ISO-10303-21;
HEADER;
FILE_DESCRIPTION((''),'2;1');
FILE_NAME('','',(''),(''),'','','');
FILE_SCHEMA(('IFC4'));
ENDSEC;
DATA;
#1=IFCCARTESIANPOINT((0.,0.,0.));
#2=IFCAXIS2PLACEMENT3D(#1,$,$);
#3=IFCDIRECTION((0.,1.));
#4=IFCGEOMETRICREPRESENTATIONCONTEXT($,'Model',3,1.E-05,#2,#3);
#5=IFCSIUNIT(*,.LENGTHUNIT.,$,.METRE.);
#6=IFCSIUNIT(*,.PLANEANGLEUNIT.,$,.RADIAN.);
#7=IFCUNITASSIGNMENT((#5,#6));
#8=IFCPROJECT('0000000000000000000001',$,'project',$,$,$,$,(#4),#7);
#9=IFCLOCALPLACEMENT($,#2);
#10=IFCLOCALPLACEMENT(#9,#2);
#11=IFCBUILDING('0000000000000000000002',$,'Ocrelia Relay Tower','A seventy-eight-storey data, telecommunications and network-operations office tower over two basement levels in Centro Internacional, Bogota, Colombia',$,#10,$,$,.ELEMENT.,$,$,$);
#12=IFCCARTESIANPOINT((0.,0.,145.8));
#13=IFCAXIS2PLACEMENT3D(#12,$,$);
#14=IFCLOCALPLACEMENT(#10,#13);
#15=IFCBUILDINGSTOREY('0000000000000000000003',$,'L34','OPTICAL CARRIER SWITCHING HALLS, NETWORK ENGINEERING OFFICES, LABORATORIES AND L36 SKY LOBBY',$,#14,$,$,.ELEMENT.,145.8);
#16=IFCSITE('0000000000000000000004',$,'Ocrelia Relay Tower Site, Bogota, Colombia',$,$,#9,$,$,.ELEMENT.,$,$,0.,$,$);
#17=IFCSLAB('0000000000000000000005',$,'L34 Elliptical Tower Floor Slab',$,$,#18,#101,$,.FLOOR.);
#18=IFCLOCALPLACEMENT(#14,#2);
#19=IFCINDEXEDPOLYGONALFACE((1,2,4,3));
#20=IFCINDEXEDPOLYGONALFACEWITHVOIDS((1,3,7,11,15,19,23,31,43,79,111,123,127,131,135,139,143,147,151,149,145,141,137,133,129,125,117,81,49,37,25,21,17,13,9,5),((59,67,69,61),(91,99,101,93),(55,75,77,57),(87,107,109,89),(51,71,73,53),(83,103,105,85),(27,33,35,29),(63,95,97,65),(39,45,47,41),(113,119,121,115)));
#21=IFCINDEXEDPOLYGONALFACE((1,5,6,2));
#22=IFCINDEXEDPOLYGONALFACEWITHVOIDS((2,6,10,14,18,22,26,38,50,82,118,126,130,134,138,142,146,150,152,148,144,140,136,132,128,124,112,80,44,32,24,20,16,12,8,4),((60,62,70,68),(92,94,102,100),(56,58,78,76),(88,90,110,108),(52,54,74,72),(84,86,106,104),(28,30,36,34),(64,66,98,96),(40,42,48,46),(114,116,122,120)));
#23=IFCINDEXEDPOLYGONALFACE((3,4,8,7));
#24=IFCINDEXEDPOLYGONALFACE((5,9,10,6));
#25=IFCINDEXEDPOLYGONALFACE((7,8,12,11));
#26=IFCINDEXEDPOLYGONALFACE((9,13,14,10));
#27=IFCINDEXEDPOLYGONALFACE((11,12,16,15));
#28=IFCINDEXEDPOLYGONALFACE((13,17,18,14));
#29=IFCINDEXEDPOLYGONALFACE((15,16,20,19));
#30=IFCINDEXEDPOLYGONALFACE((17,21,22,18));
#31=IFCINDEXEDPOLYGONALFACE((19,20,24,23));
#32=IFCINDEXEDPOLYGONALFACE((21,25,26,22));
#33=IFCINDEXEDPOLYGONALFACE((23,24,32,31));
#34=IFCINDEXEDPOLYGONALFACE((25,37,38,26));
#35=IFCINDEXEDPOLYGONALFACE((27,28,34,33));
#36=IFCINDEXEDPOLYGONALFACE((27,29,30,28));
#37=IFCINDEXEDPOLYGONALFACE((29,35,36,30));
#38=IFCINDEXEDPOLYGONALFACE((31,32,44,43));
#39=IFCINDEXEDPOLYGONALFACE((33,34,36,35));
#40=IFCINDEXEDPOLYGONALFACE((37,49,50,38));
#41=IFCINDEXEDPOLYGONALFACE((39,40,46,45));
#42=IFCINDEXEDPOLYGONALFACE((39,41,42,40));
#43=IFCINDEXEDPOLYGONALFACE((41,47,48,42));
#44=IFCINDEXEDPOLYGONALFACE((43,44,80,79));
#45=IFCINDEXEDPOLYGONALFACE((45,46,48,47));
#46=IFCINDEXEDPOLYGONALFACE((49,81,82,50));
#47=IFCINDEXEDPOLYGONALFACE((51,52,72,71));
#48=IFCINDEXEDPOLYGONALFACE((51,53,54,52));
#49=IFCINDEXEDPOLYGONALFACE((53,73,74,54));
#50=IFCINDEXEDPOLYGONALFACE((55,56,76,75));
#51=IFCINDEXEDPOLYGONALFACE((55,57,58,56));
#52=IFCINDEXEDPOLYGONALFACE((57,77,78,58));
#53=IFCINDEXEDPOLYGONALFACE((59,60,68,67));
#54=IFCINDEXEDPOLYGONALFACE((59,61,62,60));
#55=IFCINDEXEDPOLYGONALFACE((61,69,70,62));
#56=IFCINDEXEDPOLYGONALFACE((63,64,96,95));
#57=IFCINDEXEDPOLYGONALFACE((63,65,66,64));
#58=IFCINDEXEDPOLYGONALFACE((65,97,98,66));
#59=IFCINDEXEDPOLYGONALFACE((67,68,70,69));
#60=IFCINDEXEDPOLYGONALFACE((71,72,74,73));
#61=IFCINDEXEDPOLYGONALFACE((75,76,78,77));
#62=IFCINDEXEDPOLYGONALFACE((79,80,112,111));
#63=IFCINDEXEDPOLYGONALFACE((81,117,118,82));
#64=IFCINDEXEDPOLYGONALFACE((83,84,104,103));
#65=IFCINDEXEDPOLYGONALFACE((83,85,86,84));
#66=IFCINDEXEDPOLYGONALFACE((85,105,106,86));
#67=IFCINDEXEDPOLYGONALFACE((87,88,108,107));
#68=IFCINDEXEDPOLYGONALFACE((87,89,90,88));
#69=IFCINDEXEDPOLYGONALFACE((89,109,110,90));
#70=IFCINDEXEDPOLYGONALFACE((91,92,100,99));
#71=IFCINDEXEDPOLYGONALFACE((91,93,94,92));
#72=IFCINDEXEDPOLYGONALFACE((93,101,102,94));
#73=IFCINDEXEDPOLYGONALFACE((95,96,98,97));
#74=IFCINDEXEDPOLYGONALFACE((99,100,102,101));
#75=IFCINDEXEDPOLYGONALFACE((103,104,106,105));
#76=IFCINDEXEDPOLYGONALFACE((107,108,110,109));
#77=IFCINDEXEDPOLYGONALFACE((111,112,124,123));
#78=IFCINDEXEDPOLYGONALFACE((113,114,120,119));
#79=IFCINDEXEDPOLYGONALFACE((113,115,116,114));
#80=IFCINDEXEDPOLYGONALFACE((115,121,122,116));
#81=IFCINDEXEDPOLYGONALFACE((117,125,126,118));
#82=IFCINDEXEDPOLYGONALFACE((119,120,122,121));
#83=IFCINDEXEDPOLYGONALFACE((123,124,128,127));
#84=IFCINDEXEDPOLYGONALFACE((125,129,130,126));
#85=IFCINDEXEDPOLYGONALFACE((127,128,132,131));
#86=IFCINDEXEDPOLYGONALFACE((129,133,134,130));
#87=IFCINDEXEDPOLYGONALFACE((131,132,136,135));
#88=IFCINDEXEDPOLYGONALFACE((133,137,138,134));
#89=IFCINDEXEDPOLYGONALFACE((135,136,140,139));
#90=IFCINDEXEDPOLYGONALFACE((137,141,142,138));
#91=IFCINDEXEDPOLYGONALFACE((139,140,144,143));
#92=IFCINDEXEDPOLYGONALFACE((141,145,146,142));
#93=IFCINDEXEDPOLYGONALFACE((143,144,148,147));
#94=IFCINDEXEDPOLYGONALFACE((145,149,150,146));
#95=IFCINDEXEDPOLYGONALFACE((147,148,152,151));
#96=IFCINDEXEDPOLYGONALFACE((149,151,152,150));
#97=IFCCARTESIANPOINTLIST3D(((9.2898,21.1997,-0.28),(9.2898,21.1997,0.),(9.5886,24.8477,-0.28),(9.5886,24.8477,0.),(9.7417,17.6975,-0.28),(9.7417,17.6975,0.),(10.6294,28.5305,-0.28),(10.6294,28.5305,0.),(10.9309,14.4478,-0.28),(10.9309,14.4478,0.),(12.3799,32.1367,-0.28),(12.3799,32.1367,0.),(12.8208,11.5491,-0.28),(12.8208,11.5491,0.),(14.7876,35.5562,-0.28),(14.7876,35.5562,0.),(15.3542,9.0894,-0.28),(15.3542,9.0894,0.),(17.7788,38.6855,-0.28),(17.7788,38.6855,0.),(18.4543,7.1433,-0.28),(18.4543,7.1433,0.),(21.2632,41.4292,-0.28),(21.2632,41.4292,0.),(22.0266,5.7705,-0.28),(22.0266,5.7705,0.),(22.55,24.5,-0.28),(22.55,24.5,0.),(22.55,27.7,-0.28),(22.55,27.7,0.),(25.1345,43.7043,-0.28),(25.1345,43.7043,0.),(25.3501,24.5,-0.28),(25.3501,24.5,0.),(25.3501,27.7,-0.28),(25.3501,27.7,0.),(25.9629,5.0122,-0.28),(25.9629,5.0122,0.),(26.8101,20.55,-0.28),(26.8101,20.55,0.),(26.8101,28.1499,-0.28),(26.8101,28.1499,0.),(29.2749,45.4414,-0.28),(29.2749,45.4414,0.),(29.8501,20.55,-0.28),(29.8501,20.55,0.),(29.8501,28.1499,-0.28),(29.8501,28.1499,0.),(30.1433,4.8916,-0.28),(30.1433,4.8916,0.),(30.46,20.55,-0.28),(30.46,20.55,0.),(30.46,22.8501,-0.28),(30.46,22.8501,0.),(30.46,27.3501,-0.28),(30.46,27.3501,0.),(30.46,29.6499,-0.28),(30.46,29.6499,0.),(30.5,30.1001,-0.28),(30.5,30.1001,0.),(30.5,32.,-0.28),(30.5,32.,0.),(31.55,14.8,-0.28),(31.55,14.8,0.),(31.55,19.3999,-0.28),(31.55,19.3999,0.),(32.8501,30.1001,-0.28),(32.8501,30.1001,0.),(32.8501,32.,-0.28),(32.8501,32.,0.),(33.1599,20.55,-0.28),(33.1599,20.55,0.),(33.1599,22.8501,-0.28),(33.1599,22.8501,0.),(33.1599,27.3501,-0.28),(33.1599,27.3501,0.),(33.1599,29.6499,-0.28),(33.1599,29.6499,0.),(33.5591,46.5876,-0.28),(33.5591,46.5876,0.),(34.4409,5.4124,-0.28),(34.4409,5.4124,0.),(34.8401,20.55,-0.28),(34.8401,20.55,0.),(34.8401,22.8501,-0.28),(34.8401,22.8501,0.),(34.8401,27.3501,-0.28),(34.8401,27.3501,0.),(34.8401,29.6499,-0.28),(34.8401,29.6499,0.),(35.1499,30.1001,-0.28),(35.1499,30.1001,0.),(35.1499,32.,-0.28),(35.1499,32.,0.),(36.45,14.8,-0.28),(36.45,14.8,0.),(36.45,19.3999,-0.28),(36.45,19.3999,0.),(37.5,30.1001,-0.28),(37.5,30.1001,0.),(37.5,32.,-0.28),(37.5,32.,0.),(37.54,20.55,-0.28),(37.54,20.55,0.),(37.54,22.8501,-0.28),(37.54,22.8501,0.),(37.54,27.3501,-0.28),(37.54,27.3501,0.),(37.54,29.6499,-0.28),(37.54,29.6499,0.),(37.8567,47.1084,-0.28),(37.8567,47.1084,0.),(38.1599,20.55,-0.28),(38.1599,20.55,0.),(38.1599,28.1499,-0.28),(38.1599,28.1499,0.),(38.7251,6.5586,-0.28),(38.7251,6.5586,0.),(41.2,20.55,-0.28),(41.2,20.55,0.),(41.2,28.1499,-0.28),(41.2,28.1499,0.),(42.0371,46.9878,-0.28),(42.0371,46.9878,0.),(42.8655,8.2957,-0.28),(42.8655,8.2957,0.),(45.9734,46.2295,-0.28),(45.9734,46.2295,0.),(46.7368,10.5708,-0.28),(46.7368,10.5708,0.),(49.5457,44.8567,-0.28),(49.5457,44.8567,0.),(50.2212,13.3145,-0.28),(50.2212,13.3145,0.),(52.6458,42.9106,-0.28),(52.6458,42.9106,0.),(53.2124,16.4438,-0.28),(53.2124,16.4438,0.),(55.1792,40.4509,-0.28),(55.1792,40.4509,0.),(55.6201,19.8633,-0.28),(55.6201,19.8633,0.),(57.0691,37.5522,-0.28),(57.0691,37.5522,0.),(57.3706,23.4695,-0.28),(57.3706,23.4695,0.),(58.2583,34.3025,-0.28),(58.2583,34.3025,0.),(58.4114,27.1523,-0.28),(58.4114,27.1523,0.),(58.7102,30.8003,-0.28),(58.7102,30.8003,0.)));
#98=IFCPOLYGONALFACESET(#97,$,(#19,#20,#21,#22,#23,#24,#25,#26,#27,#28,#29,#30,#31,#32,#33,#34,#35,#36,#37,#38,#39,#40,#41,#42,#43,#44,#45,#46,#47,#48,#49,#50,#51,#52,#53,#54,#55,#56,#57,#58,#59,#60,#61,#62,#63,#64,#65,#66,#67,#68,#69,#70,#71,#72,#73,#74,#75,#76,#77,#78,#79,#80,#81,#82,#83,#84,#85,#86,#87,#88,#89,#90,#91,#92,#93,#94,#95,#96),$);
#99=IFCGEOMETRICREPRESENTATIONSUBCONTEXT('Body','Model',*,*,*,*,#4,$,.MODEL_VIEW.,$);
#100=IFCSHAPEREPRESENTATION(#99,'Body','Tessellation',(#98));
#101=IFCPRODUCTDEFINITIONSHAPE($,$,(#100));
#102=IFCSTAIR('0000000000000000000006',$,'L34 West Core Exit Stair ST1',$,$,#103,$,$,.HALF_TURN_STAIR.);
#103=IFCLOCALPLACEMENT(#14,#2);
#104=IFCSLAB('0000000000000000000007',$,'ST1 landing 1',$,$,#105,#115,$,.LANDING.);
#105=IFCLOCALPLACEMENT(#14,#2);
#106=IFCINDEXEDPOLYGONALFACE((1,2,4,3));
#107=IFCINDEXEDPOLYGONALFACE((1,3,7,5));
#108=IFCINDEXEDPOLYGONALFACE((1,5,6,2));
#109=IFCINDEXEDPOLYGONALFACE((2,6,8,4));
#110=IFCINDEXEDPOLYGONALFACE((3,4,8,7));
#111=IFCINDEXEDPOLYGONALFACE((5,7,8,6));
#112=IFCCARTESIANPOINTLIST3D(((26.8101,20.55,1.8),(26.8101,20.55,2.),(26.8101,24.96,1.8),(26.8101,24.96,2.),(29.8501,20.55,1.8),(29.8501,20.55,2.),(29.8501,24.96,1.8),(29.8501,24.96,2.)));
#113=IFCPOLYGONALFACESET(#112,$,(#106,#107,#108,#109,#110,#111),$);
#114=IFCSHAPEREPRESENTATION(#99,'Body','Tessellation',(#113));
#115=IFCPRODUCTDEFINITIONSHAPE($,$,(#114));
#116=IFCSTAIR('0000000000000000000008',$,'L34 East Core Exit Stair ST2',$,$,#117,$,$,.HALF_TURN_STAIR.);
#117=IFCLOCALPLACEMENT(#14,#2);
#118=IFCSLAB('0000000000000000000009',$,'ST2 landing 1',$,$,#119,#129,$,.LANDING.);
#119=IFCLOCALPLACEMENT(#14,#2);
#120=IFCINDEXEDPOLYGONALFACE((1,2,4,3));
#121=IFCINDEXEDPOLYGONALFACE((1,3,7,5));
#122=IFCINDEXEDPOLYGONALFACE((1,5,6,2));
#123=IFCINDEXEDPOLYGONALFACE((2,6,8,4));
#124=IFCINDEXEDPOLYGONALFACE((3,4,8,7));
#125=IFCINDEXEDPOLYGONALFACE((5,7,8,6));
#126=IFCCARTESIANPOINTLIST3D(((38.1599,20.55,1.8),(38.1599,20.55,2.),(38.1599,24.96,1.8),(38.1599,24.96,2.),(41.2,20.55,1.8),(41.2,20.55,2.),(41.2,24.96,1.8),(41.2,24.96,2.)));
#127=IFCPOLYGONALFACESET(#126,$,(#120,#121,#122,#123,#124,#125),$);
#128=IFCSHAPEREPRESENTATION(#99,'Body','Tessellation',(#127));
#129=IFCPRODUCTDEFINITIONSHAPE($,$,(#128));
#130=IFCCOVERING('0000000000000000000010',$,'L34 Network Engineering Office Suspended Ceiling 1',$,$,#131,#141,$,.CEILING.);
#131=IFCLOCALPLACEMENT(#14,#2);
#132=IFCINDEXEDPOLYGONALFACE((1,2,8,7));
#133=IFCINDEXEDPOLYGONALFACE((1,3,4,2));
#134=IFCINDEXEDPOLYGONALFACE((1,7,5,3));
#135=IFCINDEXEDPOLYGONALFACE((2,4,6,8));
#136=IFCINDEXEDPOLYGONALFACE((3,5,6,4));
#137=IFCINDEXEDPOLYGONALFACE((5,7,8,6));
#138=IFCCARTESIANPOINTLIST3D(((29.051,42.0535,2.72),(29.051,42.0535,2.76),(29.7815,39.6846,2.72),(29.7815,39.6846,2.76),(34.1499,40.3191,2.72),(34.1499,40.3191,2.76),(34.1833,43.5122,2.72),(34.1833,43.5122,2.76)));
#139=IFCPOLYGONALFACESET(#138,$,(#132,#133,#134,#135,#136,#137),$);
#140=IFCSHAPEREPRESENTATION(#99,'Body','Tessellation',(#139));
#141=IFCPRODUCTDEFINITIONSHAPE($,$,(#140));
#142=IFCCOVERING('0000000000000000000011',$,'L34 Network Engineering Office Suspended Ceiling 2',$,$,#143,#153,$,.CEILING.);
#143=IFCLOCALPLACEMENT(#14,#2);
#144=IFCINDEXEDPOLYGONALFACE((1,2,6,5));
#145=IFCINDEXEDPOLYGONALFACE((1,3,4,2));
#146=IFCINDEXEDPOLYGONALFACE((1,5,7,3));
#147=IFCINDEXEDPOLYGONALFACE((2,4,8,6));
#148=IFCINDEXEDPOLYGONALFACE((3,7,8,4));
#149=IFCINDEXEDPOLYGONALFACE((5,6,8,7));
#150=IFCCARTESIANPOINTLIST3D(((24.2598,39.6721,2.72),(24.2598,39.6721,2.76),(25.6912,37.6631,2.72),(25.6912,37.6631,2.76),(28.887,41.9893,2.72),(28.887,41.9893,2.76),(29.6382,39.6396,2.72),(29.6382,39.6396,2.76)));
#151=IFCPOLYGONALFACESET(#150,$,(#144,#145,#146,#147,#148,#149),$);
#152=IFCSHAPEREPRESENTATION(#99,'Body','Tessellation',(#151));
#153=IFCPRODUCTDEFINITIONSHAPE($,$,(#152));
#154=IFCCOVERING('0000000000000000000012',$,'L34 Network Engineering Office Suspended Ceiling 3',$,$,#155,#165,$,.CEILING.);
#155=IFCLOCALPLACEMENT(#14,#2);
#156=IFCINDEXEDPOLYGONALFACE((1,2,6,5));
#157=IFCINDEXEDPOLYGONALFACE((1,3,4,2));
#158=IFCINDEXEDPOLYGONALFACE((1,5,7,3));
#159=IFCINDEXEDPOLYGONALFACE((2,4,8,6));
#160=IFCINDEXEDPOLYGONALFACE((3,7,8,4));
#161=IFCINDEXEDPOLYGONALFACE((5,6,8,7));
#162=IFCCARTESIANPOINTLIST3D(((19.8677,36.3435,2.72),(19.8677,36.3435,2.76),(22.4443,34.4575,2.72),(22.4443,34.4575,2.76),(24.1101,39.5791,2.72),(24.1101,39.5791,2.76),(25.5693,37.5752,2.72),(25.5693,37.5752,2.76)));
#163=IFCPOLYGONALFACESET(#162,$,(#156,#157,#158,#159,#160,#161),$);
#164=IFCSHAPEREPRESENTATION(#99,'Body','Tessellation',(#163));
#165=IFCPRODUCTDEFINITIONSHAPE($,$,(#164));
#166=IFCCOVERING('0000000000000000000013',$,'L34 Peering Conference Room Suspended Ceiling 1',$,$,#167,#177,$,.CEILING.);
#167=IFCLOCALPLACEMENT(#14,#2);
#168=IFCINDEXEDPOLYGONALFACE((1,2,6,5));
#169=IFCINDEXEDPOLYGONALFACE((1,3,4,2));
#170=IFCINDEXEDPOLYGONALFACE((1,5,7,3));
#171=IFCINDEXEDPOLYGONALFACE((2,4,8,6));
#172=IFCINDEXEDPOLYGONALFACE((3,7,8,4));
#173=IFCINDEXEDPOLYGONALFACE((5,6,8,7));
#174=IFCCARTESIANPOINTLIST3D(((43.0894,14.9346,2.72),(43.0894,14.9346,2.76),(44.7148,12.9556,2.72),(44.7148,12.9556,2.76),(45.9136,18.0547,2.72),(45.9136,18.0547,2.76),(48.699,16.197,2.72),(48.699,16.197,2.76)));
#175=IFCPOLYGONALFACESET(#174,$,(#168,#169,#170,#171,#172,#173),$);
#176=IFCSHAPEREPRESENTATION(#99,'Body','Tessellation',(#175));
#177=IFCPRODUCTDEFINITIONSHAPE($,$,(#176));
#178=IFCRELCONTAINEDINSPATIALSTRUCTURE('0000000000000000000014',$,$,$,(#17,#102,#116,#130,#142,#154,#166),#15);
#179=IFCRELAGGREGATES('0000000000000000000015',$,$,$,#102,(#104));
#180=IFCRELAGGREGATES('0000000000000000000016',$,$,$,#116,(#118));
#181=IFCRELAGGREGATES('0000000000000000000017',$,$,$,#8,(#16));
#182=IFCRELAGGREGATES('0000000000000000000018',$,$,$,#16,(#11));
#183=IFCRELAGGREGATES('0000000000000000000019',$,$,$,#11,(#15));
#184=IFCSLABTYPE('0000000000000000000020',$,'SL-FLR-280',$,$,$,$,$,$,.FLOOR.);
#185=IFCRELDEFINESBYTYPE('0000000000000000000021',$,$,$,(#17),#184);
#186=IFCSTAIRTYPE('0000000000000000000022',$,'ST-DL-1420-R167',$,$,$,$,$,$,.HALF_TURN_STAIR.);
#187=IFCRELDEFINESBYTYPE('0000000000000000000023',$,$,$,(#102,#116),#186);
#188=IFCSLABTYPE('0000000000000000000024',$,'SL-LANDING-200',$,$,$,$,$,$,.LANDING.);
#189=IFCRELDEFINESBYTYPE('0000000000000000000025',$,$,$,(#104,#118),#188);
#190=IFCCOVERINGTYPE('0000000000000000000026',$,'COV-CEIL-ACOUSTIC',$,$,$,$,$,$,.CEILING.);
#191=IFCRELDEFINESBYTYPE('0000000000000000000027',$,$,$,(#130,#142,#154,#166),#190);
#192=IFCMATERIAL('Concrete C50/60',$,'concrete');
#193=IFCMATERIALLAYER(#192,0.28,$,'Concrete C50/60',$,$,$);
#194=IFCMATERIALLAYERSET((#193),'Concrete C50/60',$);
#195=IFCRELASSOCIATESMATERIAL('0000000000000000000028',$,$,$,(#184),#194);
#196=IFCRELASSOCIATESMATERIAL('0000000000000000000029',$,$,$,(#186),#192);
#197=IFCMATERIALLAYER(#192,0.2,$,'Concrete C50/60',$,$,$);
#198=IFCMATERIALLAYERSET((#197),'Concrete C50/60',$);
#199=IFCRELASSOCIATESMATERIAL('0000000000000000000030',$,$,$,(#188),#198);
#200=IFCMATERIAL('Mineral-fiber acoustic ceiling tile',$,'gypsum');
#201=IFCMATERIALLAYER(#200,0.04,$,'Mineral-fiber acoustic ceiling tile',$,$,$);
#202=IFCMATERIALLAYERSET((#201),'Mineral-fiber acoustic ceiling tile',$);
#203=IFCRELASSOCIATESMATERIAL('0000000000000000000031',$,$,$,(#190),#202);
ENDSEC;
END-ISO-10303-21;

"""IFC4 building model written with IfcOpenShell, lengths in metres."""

from ifc_helpers import new_model, si_unit, direction, frame, origin, place, context, subcontext, project, spatial, polyline, outline, extrude, material, layer, layer_set, type_object, element, aggregate, save


model = new_model("IFC4")

# Units and contexts
model_context = context("Model", 3, precision=1e-05, world=origin(), true_north=direction((0.0, 1.0)))
body_context = subcontext(model_context, "Body", "Model", "MODEL_VIEW")
ifc_project = project(units=[si_unit("LENGTHUNIT", "METRE"), si_unit("PLANEANGLEUNIT", "RADIAN")], contexts=[model_context])

# Site, building, storey
site_placement = place(None, origin())
site = spatial("IfcSite", under=ifc_project, at=site_placement, Name="Ocrelia Relay Tower Site, Bogota, Colombia", CompositionType="ELEMENT", RefElevation=0.0)
building_placement = place(site_placement, origin())
building = spatial("IfcBuilding", under=site, at=building_placement, Name="Ocrelia Relay Tower", Description="A seventy-eight-storey data, telecommunications and network-operations office tower over two basement levels in Centro Internacional, Bogota, Colombia", CompositionType="ELEMENT")
storey_placement = place(building_placement, frame((0.0, 0.0, 145.8)))
storey = spatial("IfcBuildingStorey", under=building, at=storey_placement, Name="L34", Description="OPTICAL CARRIER SWITCHING HALLS, NETWORK ENGINEERING OFFICES, LABORATORIES AND L36 SKY LOBBY", CompositionType="ELEMENT", Elevation=145.8)

# Slab
ifc_material_1 = material(Name="Concrete C50/60", Category="concrete")
ifc_layer_1 = layer(ifc_material_1, 0.28, Name="Concrete C50/60")
ifc_layer_set_1 = layer_set([ifc_layer_1], Name="Concrete C50/60")
slab_type_1 = type_object("IfcSlabType", Name="SL-FLR-280", PredefinedType="FLOOR", material=ifc_layer_set_1)
slab_1_placement = place(storey_placement, frame((0.0, 0.0, -0.28)))
element("IfcSlab", 1, at=slab_1_placement, inside=storey, type_object=slab_type_1, Name="L34 Elliptical Tower Floor Slab", PredefinedType="FLOOR", context=body_context, shape_type="SweptSolid", body=[
    extrude(outline(polyline([(57.0691, 37.5522), (55.1792, 40.4509), (52.6458, 42.9106), (49.5457, 44.8567), (45.9734, 46.2295), (42.0371, 46.9878), (37.8567, 47.1084), (33.5591, 46.5876), (29.2749, 45.4414), (25.1345, 43.7043), (21.2632, 41.4292), (17.7788, 38.6855), (14.7876, 35.5562), (12.3799, 32.1367), (10.6294, 28.5305), (9.5886, 24.8477), (9.2898, 21.1997), (9.7417, 17.6975), (10.9309, 14.4478), (12.8208, 11.5491), (15.3542, 9.0894), (18.4543, 7.1433), (22.0266, 5.7705), (25.9629, 5.0122), (30.1433, 4.8916), (34.4409, 5.4124), (38.7251, 6.5586), (42.8655, 8.2957), (46.7368, 10.5708), (50.2212, 13.3145), (53.2124, 16.4438), (55.6201, 19.8633), (57.3706, 23.4695), (58.4114, 27.1523), (58.7102, 30.8003), (58.2583, 34.3025), (57.0691, 37.5522)]), holes=[polyline([(26.8101, 28.1499), (26.8101, 20.55), (29.8501, 20.55), (29.8501, 28.1499), (26.8101, 28.1499)]), polyline([(38.1599, 28.1499), (38.1599, 20.55), (41.2, 20.55), (41.2, 28.1499), (38.1599, 28.1499)]), polyline([(30.46, 20.55), (33.1599, 20.55), (33.1599, 22.8501), (30.46, 22.8501), (30.46, 20.55)]), polyline([(34.8401, 20.55), (37.54, 20.55), (37.54, 22.8501), (34.8401, 22.8501), (34.8401, 20.55)]), polyline([(30.46, 27.3501), (33.1599, 27.3501), (33.1599, 29.6499), (30.46, 29.6499), (30.46, 27.3501)]), polyline([(34.8401, 27.3501), (37.54, 27.3501), (37.54, 29.6499), (34.8401, 29.6499), (34.8401, 27.3501)]), polyline([(30.5, 30.1001), (32.8501, 30.1001), (32.8501, 32.0), (30.5, 32.0), (30.5, 30.1001)]), polyline([(35.1499, 30.1001), (37.5, 30.1001), (37.5, 32.0), (35.1499, 32.0), (35.1499, 30.1001)]), polyline([(22.55, 24.5), (25.3501, 24.5), (25.3501, 27.7), (22.55, 27.7), (22.55, 24.5)]), polyline([(31.55, 14.8), (36.45, 14.8), (36.45, 19.3999), (31.55, 19.3999), (31.55, 14.8)])]), origin(), (0.0, 0.0, 1.0), 0.28),
])

# Stairs, slabs
stair_type = type_object("IfcStairType", Name="ST-DL-1420-R167", PredefinedType="HALF_TURN_STAIR", material=ifc_material_1)
stair_1_placement = place(storey_placement, origin())
stair_1 = element("IfcStair", 2, at=stair_1_placement, inside=storey, type_object=stair_type, Name="L34 West Core Exit Stair ST1", PredefinedType="HALF_TURN_STAIR")
ifc_layer_2 = layer(ifc_material_1, 0.2, Name="Concrete C50/60")
ifc_layer_set_2 = layer_set([ifc_layer_2], Name="Concrete C50/60")
slab_type_2 = type_object("IfcSlabType", Name="SL-LANDING-200", PredefinedType="LANDING", material=ifc_layer_set_2)
slab_2_placement = place(storey_placement, frame((0.0, 0.0, 1.8)))
slab_2 = element("IfcSlab", 3, at=slab_2_placement, type_object=slab_type_2, Name="ST1 landing 1", PredefinedType="LANDING", context=body_context, shape_type="SweptSolid", body=[
    extrude(outline(polyline([(26.8101, 24.96), (26.8101, 20.55), (29.8501, 20.55), (29.8501, 24.96), (26.8101, 24.96)])), origin(), (0.0, 0.0, 1.0), 0.2),
])
aggregate(stair_1, [slab_2])
stair_2_placement = place(storey_placement, origin())
stair_2 = element("IfcStair", 4, at=stair_2_placement, inside=storey, type_object=stair_type, Name="L34 East Core Exit Stair ST2", PredefinedType="HALF_TURN_STAIR")
slab_3_placement = place(storey_placement, frame((0.0, 0.0, 1.8)))
slab_3 = element("IfcSlab", 5, at=slab_3_placement, type_object=slab_type_2, Name="ST2 landing 1", PredefinedType="LANDING", context=body_context, shape_type="SweptSolid", body=[
    extrude(outline(polyline([(38.1599, 24.96), (38.1599, 20.55), (41.2, 20.55), (41.2, 24.96), (38.1599, 24.96)])), origin(), (0.0, 0.0, 1.0), 0.2),
])
aggregate(stair_2, [slab_3])

# Coverings
ifc_material_2 = material(Name="Mineral-fiber acoustic ceiling tile", Category="gypsum")
ifc_layer_3 = layer(ifc_material_2, 0.04, Name="Mineral-fiber acoustic ceiling tile")
ifc_layer_set_3 = layer_set([ifc_layer_3], Name="Mineral-fiber acoustic ceiling tile")
covering_type_1 = type_object("IfcCoveringType", Name="COV-CEIL-ACOUSTIC", PredefinedType="CEILING", material=ifc_layer_set_3)
covering_1_placement = place(storey_placement, frame((0.0, 0.0, 2.72)))
element("IfcCovering", 6, at=covering_1_placement, inside=storey, type_object=covering_type_1, Name="L34 Network Engineering Office Suspended Ceiling 1", PredefinedType="CEILING", context=body_context, shape_type="SweptSolid", body=[
    extrude(outline(polyline([(34.1499, 40.3191), (34.1833, 43.5122), (29.051, 42.0535), (29.7815, 39.6846), (34.1499, 40.3191)])), origin(), (0.0, 0.0, 1.0), 0.04),
])
covering_2_placement = place(storey_placement, frame((0.0, 0.0, 2.72)))
element("IfcCovering", 7, at=covering_2_placement, inside=storey, type_object=covering_type_1, Name="L34 Network Engineering Office Suspended Ceiling 2", PredefinedType="CEILING", context=body_context, shape_type="SweptSolid", body=[
    extrude(outline(polyline([(29.6382, 39.6396), (28.887, 41.9893), (24.2598, 39.6721), (25.6912, 37.6631), (29.6382, 39.6396)])), origin(), (0.0, 0.0, 1.0), 0.04),
])
covering_3_placement = place(storey_placement, frame((0.0, 0.0, 2.72)))
element("IfcCovering", 8, at=covering_3_placement, inside=storey, type_object=covering_type_1, Name="L34 Network Engineering Office Suspended Ceiling 3", PredefinedType="CEILING", context=body_context, shape_type="SweptSolid", body=[
    extrude(outline(polyline([(25.5693, 37.5752), (24.1101, 39.5791), (19.8677, 36.3435), (22.4443, 34.4575), (25.5693, 37.5752)])), origin(), (0.0, 0.0, 1.0), 0.04),
])
covering_4_placement = place(storey_placement, frame((0.0, 0.0, 2.72)))
element("IfcCovering", 9, at=covering_4_placement, inside=storey, type_object=covering_type_1, Name="L34 Peering Conference Room Suspended Ceiling 1", PredefinedType="CEILING", context=body_context, shape_type="SweptSolid", body=[
    extrude(outline(polyline([(43.0894, 14.9346), (44.7148, 12.9556), (48.699, 16.197), (45.9136, 18.0547), (43.0894, 14.9346)])), origin(), (0.0, 0.0, 1.0), 0.04),
])

save(model, "model.ifc")
